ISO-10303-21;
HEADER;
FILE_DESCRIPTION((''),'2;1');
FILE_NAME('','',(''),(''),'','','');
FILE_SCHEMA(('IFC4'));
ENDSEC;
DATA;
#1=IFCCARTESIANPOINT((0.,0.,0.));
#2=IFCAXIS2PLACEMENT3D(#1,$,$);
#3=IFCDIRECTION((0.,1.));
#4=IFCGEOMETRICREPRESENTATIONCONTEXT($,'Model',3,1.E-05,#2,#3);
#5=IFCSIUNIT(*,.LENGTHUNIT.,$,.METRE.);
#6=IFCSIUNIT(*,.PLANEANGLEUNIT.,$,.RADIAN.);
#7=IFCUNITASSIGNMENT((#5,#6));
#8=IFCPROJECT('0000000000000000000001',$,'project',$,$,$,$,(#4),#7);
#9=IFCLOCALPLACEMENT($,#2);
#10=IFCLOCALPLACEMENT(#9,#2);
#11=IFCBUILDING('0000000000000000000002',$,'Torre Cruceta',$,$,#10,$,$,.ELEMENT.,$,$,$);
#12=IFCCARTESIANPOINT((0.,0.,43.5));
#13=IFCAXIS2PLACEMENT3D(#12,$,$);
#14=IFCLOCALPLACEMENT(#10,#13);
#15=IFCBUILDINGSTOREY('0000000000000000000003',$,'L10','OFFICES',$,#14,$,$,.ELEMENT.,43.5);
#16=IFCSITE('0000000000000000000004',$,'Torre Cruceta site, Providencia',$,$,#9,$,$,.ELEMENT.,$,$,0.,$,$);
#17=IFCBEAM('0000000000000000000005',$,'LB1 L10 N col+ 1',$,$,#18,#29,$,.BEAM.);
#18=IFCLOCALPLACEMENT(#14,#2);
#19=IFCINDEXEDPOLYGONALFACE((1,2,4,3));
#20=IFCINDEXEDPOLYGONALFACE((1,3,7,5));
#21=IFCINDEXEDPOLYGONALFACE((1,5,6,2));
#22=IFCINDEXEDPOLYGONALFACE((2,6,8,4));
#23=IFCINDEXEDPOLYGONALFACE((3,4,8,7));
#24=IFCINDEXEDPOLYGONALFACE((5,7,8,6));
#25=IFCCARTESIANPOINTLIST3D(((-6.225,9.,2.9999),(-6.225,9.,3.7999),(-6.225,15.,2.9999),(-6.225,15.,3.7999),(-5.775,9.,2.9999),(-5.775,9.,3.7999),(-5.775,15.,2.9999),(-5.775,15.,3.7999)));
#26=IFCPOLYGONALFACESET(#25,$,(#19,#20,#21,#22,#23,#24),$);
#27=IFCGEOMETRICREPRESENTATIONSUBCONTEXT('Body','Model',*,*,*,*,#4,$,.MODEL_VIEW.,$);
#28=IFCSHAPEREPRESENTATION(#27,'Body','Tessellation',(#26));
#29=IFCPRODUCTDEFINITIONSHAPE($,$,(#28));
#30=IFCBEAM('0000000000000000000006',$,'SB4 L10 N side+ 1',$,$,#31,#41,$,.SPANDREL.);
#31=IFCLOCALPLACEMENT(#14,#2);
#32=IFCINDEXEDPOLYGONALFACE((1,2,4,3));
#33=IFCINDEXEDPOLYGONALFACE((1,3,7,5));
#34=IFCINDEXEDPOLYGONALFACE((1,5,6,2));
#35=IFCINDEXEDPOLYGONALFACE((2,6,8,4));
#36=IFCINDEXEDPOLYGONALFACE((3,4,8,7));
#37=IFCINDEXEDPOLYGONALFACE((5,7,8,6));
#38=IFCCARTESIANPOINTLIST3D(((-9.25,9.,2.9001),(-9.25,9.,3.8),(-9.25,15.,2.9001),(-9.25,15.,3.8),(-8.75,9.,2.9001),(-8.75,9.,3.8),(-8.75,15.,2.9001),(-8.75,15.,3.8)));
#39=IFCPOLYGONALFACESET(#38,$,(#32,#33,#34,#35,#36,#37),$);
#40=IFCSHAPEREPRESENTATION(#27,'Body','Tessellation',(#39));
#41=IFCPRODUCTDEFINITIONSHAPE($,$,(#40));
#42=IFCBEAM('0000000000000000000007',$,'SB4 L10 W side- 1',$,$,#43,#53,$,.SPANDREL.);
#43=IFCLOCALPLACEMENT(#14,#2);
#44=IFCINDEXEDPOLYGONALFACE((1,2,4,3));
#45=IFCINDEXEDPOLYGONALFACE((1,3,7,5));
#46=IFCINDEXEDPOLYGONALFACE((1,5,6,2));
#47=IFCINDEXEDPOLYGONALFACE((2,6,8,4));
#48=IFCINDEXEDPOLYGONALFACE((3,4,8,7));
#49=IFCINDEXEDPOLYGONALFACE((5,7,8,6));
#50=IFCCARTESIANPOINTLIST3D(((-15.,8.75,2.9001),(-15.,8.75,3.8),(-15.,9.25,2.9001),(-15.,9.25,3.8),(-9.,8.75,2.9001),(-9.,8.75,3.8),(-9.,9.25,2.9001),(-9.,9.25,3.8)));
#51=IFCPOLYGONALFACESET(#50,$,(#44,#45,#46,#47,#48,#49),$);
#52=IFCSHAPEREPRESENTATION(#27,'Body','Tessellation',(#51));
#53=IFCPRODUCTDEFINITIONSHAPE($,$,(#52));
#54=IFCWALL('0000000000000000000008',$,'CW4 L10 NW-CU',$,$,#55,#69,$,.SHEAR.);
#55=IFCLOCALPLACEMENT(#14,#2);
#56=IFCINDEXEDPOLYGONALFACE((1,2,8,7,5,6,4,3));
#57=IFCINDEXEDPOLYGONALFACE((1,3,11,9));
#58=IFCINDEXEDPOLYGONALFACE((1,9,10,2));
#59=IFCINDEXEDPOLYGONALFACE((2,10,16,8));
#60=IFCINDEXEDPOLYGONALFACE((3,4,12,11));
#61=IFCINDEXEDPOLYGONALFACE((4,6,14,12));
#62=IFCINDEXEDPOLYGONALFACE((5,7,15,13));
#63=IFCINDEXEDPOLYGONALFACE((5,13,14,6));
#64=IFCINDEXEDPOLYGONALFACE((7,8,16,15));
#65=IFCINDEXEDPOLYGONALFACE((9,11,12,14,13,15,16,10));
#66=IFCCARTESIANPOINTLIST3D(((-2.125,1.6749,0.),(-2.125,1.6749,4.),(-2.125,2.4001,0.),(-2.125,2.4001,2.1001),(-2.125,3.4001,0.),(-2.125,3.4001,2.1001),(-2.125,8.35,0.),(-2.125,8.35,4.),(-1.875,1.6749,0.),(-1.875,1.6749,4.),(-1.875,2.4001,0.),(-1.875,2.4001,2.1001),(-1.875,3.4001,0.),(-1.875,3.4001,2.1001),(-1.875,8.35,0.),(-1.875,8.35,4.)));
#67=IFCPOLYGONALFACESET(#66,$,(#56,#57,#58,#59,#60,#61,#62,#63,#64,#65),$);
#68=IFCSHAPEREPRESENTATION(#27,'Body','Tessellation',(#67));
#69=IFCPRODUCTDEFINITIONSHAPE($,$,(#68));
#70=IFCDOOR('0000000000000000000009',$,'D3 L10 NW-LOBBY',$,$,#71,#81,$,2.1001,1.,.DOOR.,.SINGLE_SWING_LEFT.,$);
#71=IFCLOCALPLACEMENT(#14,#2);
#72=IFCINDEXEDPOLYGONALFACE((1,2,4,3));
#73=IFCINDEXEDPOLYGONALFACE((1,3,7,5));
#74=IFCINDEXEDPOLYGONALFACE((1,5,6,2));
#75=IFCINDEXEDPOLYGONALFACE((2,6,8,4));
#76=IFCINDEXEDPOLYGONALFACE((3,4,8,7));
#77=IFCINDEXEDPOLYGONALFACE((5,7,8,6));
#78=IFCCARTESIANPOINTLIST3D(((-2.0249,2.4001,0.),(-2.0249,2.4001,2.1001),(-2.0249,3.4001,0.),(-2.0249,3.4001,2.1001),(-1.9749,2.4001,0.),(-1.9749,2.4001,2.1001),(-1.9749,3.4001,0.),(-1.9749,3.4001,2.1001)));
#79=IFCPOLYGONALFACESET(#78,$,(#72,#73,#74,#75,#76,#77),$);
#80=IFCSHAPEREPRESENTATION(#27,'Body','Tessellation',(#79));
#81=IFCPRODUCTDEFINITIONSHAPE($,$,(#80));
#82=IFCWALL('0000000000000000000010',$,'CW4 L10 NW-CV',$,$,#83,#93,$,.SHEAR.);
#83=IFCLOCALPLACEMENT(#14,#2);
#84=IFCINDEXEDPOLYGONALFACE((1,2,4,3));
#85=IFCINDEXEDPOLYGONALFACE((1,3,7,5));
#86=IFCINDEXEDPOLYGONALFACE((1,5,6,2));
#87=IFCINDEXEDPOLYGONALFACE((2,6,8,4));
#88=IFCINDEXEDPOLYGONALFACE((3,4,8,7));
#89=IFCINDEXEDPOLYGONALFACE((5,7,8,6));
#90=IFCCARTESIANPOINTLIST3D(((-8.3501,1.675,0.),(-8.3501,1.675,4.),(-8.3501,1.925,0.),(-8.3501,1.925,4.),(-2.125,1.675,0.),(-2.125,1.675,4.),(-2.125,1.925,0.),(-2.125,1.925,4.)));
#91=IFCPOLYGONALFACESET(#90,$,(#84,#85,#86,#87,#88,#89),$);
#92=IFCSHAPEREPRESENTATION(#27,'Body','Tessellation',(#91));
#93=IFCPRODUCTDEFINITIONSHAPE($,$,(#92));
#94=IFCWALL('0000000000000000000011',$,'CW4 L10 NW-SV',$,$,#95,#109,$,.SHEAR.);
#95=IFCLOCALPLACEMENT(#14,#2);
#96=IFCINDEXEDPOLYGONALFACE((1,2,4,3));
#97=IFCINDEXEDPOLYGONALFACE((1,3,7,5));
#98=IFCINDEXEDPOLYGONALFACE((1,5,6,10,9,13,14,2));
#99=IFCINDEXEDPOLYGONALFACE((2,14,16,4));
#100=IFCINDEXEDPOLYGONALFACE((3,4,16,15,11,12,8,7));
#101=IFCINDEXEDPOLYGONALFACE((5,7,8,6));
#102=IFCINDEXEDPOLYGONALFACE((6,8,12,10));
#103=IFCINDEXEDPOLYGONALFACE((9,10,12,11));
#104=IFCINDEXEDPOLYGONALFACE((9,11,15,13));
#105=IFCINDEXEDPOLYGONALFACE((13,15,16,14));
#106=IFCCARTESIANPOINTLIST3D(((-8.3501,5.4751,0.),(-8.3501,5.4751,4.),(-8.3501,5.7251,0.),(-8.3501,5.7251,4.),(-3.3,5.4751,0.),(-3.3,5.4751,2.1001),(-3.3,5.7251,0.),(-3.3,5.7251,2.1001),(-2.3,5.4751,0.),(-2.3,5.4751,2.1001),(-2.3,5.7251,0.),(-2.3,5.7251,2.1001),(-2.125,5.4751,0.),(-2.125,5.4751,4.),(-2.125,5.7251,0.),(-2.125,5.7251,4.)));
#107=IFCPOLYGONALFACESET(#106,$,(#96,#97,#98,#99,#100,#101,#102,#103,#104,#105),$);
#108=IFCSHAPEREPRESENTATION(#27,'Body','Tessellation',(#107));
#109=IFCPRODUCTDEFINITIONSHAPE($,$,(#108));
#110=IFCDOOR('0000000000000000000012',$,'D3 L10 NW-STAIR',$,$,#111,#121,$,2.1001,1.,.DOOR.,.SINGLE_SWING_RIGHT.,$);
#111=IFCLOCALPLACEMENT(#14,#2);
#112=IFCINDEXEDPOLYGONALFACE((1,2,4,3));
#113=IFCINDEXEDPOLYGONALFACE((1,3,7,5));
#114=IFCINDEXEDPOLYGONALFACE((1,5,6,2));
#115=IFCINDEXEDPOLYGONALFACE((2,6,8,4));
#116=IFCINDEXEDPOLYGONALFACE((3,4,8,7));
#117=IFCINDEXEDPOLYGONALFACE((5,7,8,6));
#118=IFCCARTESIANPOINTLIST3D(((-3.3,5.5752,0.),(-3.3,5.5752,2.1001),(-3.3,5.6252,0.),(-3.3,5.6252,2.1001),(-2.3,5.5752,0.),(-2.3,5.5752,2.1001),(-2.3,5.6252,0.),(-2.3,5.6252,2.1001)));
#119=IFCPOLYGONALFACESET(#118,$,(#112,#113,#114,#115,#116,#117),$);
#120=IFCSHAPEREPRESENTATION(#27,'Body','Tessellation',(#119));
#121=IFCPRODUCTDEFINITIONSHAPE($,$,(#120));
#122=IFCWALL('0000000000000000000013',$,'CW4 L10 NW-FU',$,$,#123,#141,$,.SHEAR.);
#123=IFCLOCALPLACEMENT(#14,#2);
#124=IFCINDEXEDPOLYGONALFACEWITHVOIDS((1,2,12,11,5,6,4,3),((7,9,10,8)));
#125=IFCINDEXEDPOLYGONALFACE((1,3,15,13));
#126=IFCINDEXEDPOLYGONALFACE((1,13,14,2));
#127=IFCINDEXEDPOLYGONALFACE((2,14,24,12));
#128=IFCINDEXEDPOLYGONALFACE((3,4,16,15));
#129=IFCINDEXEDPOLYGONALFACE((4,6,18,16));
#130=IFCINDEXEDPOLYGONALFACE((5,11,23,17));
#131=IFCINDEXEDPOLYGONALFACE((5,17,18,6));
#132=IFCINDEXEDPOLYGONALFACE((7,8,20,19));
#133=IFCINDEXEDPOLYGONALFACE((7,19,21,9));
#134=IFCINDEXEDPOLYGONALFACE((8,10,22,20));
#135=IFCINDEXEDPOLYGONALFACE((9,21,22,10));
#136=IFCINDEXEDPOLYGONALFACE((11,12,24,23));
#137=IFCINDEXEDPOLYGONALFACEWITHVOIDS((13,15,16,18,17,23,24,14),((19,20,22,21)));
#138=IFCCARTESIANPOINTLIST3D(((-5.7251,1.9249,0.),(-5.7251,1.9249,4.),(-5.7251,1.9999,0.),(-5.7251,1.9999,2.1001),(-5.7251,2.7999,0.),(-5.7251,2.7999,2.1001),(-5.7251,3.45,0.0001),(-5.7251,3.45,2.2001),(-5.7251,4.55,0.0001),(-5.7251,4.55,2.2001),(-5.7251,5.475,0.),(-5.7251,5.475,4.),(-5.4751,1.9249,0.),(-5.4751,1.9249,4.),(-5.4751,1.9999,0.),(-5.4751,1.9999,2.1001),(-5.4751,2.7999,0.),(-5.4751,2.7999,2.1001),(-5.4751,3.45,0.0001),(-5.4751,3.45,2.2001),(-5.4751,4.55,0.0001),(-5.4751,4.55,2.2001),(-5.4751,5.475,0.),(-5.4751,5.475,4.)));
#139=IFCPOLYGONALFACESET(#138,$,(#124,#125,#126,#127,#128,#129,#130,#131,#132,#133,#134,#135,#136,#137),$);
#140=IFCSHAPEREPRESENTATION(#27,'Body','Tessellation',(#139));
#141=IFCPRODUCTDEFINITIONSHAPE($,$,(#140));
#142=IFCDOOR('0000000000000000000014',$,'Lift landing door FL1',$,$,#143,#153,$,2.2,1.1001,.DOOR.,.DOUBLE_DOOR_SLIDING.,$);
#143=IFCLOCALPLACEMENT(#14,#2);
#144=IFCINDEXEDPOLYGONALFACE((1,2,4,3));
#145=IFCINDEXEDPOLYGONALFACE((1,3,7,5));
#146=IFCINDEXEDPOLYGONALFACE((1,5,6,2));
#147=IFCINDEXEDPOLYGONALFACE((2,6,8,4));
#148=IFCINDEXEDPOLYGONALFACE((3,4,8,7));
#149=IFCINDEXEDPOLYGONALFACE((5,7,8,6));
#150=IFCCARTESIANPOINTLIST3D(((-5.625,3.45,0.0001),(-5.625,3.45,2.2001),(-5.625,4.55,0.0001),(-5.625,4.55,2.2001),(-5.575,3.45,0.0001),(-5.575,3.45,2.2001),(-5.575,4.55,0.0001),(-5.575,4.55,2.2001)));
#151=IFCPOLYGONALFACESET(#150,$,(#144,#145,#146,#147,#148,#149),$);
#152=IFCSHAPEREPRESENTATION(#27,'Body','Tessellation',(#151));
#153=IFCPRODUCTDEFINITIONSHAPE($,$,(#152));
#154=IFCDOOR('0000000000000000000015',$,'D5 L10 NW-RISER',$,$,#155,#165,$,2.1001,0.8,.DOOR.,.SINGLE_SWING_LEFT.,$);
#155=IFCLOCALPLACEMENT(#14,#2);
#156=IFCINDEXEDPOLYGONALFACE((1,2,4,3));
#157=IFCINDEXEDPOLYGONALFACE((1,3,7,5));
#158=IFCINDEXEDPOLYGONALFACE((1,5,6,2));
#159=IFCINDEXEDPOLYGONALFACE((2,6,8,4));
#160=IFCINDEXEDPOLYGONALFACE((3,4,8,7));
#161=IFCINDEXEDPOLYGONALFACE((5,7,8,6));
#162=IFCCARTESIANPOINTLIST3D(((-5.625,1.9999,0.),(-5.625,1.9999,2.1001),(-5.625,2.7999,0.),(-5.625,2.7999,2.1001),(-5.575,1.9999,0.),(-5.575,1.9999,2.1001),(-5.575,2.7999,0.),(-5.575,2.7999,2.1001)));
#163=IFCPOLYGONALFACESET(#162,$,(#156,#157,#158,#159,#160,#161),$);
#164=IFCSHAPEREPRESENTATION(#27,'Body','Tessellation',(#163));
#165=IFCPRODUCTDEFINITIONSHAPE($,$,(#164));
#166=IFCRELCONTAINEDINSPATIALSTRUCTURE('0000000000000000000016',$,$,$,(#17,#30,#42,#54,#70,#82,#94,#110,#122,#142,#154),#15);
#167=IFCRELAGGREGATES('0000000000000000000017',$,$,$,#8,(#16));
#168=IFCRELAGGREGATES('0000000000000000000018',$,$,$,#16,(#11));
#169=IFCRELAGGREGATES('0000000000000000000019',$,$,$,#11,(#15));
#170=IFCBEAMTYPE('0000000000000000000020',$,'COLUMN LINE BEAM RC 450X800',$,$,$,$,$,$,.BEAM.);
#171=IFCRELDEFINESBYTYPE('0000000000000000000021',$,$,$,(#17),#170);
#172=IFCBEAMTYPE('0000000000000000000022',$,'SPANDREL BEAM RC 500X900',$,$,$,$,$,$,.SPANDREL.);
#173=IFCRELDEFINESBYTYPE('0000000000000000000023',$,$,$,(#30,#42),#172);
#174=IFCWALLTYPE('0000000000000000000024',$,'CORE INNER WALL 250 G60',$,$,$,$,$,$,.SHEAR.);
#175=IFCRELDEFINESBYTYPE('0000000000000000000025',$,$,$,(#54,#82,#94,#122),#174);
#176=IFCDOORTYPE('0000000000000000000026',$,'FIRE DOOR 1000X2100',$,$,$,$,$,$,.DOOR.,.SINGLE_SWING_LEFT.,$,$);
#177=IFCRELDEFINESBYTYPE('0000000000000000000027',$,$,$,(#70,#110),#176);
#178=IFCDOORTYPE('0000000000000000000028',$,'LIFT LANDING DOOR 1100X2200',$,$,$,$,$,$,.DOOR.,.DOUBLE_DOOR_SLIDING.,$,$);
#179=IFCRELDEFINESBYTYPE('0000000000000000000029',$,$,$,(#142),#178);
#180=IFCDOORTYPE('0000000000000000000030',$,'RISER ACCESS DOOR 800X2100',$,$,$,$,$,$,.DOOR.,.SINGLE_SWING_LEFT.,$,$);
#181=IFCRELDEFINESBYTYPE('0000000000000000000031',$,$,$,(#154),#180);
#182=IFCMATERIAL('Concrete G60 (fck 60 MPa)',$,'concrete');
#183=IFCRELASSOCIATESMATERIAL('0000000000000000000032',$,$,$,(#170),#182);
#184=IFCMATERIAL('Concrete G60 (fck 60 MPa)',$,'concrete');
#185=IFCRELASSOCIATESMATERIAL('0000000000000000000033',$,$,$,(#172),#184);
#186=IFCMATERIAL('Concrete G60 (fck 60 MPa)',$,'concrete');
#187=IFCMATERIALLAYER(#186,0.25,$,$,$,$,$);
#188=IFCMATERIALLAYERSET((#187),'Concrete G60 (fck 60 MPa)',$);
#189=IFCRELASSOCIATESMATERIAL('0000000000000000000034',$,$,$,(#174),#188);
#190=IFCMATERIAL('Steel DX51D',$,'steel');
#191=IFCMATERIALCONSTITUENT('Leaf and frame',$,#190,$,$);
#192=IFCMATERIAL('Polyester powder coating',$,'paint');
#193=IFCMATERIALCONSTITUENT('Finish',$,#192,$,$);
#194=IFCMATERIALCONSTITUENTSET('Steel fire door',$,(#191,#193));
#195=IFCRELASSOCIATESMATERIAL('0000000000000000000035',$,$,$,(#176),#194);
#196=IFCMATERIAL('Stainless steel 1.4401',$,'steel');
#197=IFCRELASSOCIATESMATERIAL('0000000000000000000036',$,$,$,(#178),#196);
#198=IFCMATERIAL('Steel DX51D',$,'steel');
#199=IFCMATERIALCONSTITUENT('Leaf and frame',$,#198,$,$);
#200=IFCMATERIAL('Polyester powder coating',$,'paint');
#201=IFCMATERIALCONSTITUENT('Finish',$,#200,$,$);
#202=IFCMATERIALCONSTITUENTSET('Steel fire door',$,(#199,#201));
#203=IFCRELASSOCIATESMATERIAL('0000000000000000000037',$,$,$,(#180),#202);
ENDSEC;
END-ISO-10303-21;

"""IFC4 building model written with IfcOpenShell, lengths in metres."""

from ifc_helpers import new_model, si_unit, direction, frame, frame_2d, origin, origin_2d, place, context, subcontext, project, spatial, rectangle, extrude, material, layer, layer_set, constituent, constituent_set, material_profile, profile_set, type_object, element, fill, save


model = new_model("IFC4")

# Units and contexts
model_context = context("Model", 3, precision=1e-05, world=origin(), true_north=direction((0.0, 1.0)))
body_context = subcontext(model_context, "Body", "Model", "MODEL_VIEW")
ifc_project = project(units=[si_unit("LENGTHUNIT", "METRE"), si_unit("PLANEANGLEUNIT", "RADIAN")], contexts=[model_context])

# Site, building, storey
site_placement = place(None, origin())
site = spatial("IfcSite", under=ifc_project, at=site_placement, Name="Torre Cruceta site, Providencia", CompositionType="ELEMENT", RefElevation=0.0)
building_placement = place(site_placement, origin())
building = spatial("IfcBuilding", under=site, at=building_placement, Name="Torre Cruceta", CompositionType="ELEMENT")
storey_placement = place(building_placement, frame((0.0, 0.0, 43.5)))
storey = spatial("IfcBuildingStorey", under=building, at=storey_placement, Name="L10", Description="OFFICES", CompositionType="ELEMENT", Elevation=43.5)

# Beams
ifc_material_1 = material(Name="Concrete G60 (fck 60 MPa)", Category="concrete")
ifc_material_profile_1 = material_profile(ifc_material_1, rectangle(XDim=0.45, YDim=0.8, at=origin_2d()), Name="RC 450X800")
ifc_profile_set_1 = profile_set([ifc_material_profile_1], Name="Concrete G60 (fck 60 MPa)")
beam_type_1 = type_object("IfcBeamType", Name="COLUMN LINE BEAM RC 450X800", PredefinedType="BEAM", material=ifc_profile_set_1)
beam_placement = place(storey_placement, frame((-6.0, 9.0, 3.3999), z_axis=(0.0, 1.0, 0.0), x_axis=(-1.0, 0.0, 0.0)))
element("IfcBeam", 1, at=beam_placement, inside=storey, type_object=beam_type_1, Name="LB1 L10 N col+ 1", PredefinedType="BEAM", context=body_context, shape_type="SweptSolid", body=[
    extrude(rectangle(XDim=0.45, YDim=0.8, at=origin_2d()), origin(), (0.0, 0.0, 1.0), 6.0),
])
ifc_material_2 = material(Name="Concrete G60 (fck 60 MPa)", Category="concrete")
ifc_material_profile_2 = material_profile(ifc_material_2, rectangle(XDim=0.5, YDim=0.8999, at=origin_2d()), Name="RC 500X900")
ifc_profile_set_2 = profile_set([ifc_material_profile_2], Name="Concrete G60 (fck 60 MPa)")
beam_type_2 = type_object("IfcBeamType", Name="SPANDREL BEAM RC 500X900", PredefinedType="SPANDREL", material=ifc_profile_set_2)
for number, where, z_axis, x_axis, name in (
    (2, (-9.0, 9.0, 3.3501), (0.0, 1.0, 0.0), (-1.0, 0.0, 0.0), "SB4 L10 N side+ 1"),
    (3, (-9.0, 9.0, 3.3501), (-1.0, 0.0, 0.0), (0.0, -1.0, 0.0), "SB4 L10 W side- 1"),
):
    element("IfcBeam", number, at=place(storey_placement, frame(where, z_axis=z_axis, x_axis=x_axis)), inside=storey, type_object=beam_type_2, Name=name, PredefinedType="SPANDREL", context=body_context, shape_type="SweptSolid", body=[
        extrude(rectangle(XDim=0.5, YDim=0.8999, at=origin_2d()), origin(), (0.0, 0.0, 1.0), 6.0),
    ])

# Wall, opening, door
ifc_material_3 = material(Name="Concrete G60 (fck 60 MPa)", Category="concrete")
ifc_layer_1 = layer(ifc_material_3, 0.25)
ifc_layer_set_1 = layer_set([ifc_layer_1], Name="Concrete G60 (fck 60 MPa)")
wall_type_1 = type_object("IfcWallType", Name="CORE INNER WALL 250 G60", PredefinedType="SHEAR", material=ifc_layer_set_1)
wall_1_placement = place(storey_placement, frame((-2.0, 1.675, 0.0), z_axis=(0.0, 0.0, 1.0), x_axis=(0.0, 1.0, 0.0)))
wall_1 = element("IfcWall", 4, at=wall_1_placement, inside=storey, type_object=wall_type_1, Name="CW4 L10 NW-CU", PredefinedType="SHEAR", context=body_context, shape_type="SweptSolid", body=[
    extrude(rectangle(XDim=6.675, YDim=0.25, at=frame_2d((3.3374, 0.0))), origin(), (0.0, 0.0, 1.0), 4.0),
])
opening_1_placement = place(wall_1_placement, frame((0.7251, 0.0, 0.0)))
opening_1 = element("IfcOpeningElement", 5, at=opening_1_placement, cuts=wall_1, PredefinedType="OPENING", context=body_context, shape_type="SweptSolid", body=[
    extrude(rectangle(XDim=1.0, YDim=2.1001, at=frame_2d((0.5, 1.05))), frame((0.0, 0.135, 0.0), z_axis=(0.0, -1.0, 0.0), x_axis=(1.0, 0.0, 0.0)), (0.0, 0.0, 1.0), 0.27),
])
ifc_material_4 = material(Name="Steel DX51D", Category="steel")
ifc_constituent_1 = constituent(ifc_material_4, Name="Leaf and frame")
ifc_material_5 = material(Name="Polyester powder coating", Category="paint")
ifc_constituent_2 = constituent(ifc_material_5, Name="Finish")
ifc_constituent_set_1 = constituent_set(constituents=[ifc_constituent_1, ifc_constituent_2], Name="Steel fire door")
door_type_1 = type_object("IfcDoorType", Name="FIRE DOOR 1000X2100", OperationType="SINGLE_SWING_LEFT", PredefinedType="DOOR", material=ifc_constituent_set_1)
door_1_placement = place(opening_1_placement, origin())
door_1 = element("IfcDoor", 6, at=door_1_placement, inside=storey, type_object=door_type_1, Name="D3 L10 NW-LOBBY", OperationType="SINGLE_SWING_LEFT", OverallHeight=2.1001, OverallWidth=1.0, PredefinedType="DOOR", context=body_context, shape_type="SweptSolid", body=[
    extrude(rectangle(XDim=1.0, YDim=2.1001, at=frame_2d((0.5, 1.05))), frame((0.0, 0.0249, 0.0), z_axis=(0.0, -1.0, 0.0), x_axis=(1.0, 0.0, 0.0)), (0.0, 0.0, 1.0), 0.05),
])
fill(opening_1, door_1)

# Wall
wall_2_placement = place(storey_placement, frame((-2.125, 1.8, 0.0), z_axis=(0.0, 0.0, 1.0), x_axis=(-1.0, 0.0, 0.0)))
element("IfcWall", 7, at=wall_2_placement, inside=storey, type_object=wall_type_1, Name="CW4 L10 NW-CV", PredefinedType="SHEAR", context=body_context, shape_type="SweptSolid", body=[
    extrude(rectangle(XDim=6.2251, YDim=0.25, at=frame_2d((3.1125, 0.0))), origin(), (0.0, 0.0, 1.0), 4.0),
])

# Wall, opening, door
wall_3_placement = place(storey_placement, frame((-2.125, 5.6001, 0.0), z_axis=(0.0, 0.0, 1.0), x_axis=(-1.0, 0.0, 0.0)))
wall_3 = element("IfcWall", 8, at=wall_3_placement, inside=storey, type_object=wall_type_1, Name="CW4 L10 NW-SV", PredefinedType="SHEAR", context=body_context, shape_type="SweptSolid", body=[
    extrude(rectangle(XDim=6.2251, YDim=0.25, at=frame_2d((3.1125, 0.0))), origin(), (0.0, 0.0, 1.0), 4.0),
])
opening_2_placement = place(wall_3_placement, frame((0.175, 0.0, 0.0)))
opening_2 = element("IfcOpeningElement", 9, at=opening_2_placement, cuts=wall_3, PredefinedType="OPENING", context=body_context, shape_type="SweptSolid", body=[
    extrude(rectangle(XDim=1.0, YDim=2.1001, at=frame_2d((0.5, 1.05))), frame((0.0, 0.135, 0.0), z_axis=(0.0, -1.0, 0.0), x_axis=(1.0, 0.0, 0.0)), (0.0, 0.0, 1.0), 0.27),
])
door_2_placement = place(opening_2_placement, frame((1.0, 0.0, 0.0), z_axis=(0.0, 0.0, 1.0), x_axis=(-1.0, 0.0, 0.0)))
door_2 = element("IfcDoor", 10, at=door_2_placement, inside=storey, type_object=door_type_1, Name="D3 L10 NW-STAIR", OperationType="SINGLE_SWING_RIGHT", OverallHeight=2.1001, OverallWidth=1.0, PredefinedType="DOOR", context=body_context, shape_type="SweptSolid", body=[
    extrude(rectangle(XDim=1.0, YDim=2.1001, at=frame_2d((0.5, 1.05))), frame((0.0, 0.0251, 0.0), z_axis=(0.0, -1.0, 0.0), x_axis=(1.0, 0.0, 0.0)), (0.0, 0.0, 1.0), 0.05),
])
fill(opening_2, door_2)

# Wall, openings, doors
wall_4_placement = place(storey_placement, frame((-5.6001, 1.925, 0.0), z_axis=(0.0, 0.0, 1.0), x_axis=(0.0, 1.0, 0.0)))
wall_4 = element("IfcWall", 11, at=wall_4_placement, inside=storey, type_object=wall_type_1, Name="CW4 L10 NW-FU", PredefinedType="SHEAR", context=body_context, shape_type="SweptSolid", body=[
    extrude(rectangle(XDim=3.55, YDim=0.25, at=frame_2d((1.7749, 0.0))), origin(), (0.0, 0.0, 1.0), 4.0),
])
opening_3_placement = place(wall_4_placement, frame((1.5249, 0.0, 0.0)))
opening_3 = element("IfcOpeningElement", 12, at=opening_3_placement, cuts=wall_4, PredefinedType="OPENING", context=body_context, shape_type="SweptSolid", body=[
    extrude(rectangle(XDim=1.1001, YDim=2.2, at=frame_2d((0.55, 1.1001))), frame((0.0, 0.135, 0.0), z_axis=(0.0, -1.0, 0.0), x_axis=(1.0, 0.0, 0.0)), (0.0, 0.0, 1.0), 0.27),
])
opening_4_placement = place(wall_4_placement, frame((0.075, 0.0, 0.0)))
opening_4 = element("IfcOpeningElement", 13, at=opening_4_placement, cuts=wall_4, PredefinedType="OPENING", context=body_context, shape_type="SweptSolid", body=[
    extrude(rectangle(XDim=0.8, YDim=2.1001, at=frame_2d((0.3999, 1.05))), frame((0.0, 0.135, 0.0), z_axis=(0.0, -1.0, 0.0), x_axis=(1.0, 0.0, 0.0)), (0.0, 0.0, 1.0), 0.27),
])
ifc_material_6 = material(Name="Stainless steel 1.4401", Category="steel")
door_type_2 = type_object("IfcDoorType", Name="LIFT LANDING DOOR 1100X2200", OperationType="DOUBLE_DOOR_SLIDING", PredefinedType="DOOR", material=ifc_material_6)
door_3_placement = place(opening_3_placement, origin())
door_3 = element("IfcDoor", 14, at=door_3_placement, inside=storey, type_object=door_type_2, Name="Lift landing door FL1", OperationType="DOUBLE_DOOR_SLIDING", OverallHeight=2.2, OverallWidth=1.1001, PredefinedType="DOOR", context=body_context, shape_type="SweptSolid", body=[
    extrude(rectangle(XDim=1.1001, YDim=2.2, at=frame_2d((0.55, 1.1001))), frame((0.0, 0.0249, 0.0), z_axis=(0.0, -1.0, 0.0), x_axis=(1.0, 0.0, 0.0)), (0.0, 0.0, 1.0), 0.05),
])
fill(opening_3, door_3)
ifc_material_7 = material(Name="Steel DX51D", Category="steel")
ifc_constituent_3 = constituent(ifc_material_7, Name="Leaf and frame")
ifc_material_8 = material(Name="Polyester powder coating", Category="paint")
ifc_constituent_4 = constituent(ifc_material_8, Name="Finish")
ifc_constituent_set_2 = constituent_set(constituents=[ifc_constituent_3, ifc_constituent_4], Name="Steel fire door")
door_type_3 = type_object("IfcDoorType", Name="RISER ACCESS DOOR 800X2100", OperationType="SINGLE_SWING_LEFT", PredefinedType="DOOR", material=ifc_constituent_set_2)
door_4_placement = place(opening_4_placement, origin())
door_4 = element("IfcDoor", 15, at=door_4_placement, inside=storey, type_object=door_type_3, Name="D5 L10 NW-RISER", OperationType="SINGLE_SWING_LEFT", OverallHeight=2.1001, OverallWidth=0.8, PredefinedType="DOOR", context=body_context, shape_type="SweptSolid", body=[
    extrude(rectangle(XDim=0.8, YDim=2.1001, at=frame_2d((0.3999, 1.05))), frame((0.0, 0.0249, 0.0), z_axis=(0.0, -1.0, 0.0), x_axis=(1.0, 0.0, 0.0)), (0.0, 0.0, 1.0), 0.05),
])
fill(opening_4, door_4)

save(model, "model.ifc")
